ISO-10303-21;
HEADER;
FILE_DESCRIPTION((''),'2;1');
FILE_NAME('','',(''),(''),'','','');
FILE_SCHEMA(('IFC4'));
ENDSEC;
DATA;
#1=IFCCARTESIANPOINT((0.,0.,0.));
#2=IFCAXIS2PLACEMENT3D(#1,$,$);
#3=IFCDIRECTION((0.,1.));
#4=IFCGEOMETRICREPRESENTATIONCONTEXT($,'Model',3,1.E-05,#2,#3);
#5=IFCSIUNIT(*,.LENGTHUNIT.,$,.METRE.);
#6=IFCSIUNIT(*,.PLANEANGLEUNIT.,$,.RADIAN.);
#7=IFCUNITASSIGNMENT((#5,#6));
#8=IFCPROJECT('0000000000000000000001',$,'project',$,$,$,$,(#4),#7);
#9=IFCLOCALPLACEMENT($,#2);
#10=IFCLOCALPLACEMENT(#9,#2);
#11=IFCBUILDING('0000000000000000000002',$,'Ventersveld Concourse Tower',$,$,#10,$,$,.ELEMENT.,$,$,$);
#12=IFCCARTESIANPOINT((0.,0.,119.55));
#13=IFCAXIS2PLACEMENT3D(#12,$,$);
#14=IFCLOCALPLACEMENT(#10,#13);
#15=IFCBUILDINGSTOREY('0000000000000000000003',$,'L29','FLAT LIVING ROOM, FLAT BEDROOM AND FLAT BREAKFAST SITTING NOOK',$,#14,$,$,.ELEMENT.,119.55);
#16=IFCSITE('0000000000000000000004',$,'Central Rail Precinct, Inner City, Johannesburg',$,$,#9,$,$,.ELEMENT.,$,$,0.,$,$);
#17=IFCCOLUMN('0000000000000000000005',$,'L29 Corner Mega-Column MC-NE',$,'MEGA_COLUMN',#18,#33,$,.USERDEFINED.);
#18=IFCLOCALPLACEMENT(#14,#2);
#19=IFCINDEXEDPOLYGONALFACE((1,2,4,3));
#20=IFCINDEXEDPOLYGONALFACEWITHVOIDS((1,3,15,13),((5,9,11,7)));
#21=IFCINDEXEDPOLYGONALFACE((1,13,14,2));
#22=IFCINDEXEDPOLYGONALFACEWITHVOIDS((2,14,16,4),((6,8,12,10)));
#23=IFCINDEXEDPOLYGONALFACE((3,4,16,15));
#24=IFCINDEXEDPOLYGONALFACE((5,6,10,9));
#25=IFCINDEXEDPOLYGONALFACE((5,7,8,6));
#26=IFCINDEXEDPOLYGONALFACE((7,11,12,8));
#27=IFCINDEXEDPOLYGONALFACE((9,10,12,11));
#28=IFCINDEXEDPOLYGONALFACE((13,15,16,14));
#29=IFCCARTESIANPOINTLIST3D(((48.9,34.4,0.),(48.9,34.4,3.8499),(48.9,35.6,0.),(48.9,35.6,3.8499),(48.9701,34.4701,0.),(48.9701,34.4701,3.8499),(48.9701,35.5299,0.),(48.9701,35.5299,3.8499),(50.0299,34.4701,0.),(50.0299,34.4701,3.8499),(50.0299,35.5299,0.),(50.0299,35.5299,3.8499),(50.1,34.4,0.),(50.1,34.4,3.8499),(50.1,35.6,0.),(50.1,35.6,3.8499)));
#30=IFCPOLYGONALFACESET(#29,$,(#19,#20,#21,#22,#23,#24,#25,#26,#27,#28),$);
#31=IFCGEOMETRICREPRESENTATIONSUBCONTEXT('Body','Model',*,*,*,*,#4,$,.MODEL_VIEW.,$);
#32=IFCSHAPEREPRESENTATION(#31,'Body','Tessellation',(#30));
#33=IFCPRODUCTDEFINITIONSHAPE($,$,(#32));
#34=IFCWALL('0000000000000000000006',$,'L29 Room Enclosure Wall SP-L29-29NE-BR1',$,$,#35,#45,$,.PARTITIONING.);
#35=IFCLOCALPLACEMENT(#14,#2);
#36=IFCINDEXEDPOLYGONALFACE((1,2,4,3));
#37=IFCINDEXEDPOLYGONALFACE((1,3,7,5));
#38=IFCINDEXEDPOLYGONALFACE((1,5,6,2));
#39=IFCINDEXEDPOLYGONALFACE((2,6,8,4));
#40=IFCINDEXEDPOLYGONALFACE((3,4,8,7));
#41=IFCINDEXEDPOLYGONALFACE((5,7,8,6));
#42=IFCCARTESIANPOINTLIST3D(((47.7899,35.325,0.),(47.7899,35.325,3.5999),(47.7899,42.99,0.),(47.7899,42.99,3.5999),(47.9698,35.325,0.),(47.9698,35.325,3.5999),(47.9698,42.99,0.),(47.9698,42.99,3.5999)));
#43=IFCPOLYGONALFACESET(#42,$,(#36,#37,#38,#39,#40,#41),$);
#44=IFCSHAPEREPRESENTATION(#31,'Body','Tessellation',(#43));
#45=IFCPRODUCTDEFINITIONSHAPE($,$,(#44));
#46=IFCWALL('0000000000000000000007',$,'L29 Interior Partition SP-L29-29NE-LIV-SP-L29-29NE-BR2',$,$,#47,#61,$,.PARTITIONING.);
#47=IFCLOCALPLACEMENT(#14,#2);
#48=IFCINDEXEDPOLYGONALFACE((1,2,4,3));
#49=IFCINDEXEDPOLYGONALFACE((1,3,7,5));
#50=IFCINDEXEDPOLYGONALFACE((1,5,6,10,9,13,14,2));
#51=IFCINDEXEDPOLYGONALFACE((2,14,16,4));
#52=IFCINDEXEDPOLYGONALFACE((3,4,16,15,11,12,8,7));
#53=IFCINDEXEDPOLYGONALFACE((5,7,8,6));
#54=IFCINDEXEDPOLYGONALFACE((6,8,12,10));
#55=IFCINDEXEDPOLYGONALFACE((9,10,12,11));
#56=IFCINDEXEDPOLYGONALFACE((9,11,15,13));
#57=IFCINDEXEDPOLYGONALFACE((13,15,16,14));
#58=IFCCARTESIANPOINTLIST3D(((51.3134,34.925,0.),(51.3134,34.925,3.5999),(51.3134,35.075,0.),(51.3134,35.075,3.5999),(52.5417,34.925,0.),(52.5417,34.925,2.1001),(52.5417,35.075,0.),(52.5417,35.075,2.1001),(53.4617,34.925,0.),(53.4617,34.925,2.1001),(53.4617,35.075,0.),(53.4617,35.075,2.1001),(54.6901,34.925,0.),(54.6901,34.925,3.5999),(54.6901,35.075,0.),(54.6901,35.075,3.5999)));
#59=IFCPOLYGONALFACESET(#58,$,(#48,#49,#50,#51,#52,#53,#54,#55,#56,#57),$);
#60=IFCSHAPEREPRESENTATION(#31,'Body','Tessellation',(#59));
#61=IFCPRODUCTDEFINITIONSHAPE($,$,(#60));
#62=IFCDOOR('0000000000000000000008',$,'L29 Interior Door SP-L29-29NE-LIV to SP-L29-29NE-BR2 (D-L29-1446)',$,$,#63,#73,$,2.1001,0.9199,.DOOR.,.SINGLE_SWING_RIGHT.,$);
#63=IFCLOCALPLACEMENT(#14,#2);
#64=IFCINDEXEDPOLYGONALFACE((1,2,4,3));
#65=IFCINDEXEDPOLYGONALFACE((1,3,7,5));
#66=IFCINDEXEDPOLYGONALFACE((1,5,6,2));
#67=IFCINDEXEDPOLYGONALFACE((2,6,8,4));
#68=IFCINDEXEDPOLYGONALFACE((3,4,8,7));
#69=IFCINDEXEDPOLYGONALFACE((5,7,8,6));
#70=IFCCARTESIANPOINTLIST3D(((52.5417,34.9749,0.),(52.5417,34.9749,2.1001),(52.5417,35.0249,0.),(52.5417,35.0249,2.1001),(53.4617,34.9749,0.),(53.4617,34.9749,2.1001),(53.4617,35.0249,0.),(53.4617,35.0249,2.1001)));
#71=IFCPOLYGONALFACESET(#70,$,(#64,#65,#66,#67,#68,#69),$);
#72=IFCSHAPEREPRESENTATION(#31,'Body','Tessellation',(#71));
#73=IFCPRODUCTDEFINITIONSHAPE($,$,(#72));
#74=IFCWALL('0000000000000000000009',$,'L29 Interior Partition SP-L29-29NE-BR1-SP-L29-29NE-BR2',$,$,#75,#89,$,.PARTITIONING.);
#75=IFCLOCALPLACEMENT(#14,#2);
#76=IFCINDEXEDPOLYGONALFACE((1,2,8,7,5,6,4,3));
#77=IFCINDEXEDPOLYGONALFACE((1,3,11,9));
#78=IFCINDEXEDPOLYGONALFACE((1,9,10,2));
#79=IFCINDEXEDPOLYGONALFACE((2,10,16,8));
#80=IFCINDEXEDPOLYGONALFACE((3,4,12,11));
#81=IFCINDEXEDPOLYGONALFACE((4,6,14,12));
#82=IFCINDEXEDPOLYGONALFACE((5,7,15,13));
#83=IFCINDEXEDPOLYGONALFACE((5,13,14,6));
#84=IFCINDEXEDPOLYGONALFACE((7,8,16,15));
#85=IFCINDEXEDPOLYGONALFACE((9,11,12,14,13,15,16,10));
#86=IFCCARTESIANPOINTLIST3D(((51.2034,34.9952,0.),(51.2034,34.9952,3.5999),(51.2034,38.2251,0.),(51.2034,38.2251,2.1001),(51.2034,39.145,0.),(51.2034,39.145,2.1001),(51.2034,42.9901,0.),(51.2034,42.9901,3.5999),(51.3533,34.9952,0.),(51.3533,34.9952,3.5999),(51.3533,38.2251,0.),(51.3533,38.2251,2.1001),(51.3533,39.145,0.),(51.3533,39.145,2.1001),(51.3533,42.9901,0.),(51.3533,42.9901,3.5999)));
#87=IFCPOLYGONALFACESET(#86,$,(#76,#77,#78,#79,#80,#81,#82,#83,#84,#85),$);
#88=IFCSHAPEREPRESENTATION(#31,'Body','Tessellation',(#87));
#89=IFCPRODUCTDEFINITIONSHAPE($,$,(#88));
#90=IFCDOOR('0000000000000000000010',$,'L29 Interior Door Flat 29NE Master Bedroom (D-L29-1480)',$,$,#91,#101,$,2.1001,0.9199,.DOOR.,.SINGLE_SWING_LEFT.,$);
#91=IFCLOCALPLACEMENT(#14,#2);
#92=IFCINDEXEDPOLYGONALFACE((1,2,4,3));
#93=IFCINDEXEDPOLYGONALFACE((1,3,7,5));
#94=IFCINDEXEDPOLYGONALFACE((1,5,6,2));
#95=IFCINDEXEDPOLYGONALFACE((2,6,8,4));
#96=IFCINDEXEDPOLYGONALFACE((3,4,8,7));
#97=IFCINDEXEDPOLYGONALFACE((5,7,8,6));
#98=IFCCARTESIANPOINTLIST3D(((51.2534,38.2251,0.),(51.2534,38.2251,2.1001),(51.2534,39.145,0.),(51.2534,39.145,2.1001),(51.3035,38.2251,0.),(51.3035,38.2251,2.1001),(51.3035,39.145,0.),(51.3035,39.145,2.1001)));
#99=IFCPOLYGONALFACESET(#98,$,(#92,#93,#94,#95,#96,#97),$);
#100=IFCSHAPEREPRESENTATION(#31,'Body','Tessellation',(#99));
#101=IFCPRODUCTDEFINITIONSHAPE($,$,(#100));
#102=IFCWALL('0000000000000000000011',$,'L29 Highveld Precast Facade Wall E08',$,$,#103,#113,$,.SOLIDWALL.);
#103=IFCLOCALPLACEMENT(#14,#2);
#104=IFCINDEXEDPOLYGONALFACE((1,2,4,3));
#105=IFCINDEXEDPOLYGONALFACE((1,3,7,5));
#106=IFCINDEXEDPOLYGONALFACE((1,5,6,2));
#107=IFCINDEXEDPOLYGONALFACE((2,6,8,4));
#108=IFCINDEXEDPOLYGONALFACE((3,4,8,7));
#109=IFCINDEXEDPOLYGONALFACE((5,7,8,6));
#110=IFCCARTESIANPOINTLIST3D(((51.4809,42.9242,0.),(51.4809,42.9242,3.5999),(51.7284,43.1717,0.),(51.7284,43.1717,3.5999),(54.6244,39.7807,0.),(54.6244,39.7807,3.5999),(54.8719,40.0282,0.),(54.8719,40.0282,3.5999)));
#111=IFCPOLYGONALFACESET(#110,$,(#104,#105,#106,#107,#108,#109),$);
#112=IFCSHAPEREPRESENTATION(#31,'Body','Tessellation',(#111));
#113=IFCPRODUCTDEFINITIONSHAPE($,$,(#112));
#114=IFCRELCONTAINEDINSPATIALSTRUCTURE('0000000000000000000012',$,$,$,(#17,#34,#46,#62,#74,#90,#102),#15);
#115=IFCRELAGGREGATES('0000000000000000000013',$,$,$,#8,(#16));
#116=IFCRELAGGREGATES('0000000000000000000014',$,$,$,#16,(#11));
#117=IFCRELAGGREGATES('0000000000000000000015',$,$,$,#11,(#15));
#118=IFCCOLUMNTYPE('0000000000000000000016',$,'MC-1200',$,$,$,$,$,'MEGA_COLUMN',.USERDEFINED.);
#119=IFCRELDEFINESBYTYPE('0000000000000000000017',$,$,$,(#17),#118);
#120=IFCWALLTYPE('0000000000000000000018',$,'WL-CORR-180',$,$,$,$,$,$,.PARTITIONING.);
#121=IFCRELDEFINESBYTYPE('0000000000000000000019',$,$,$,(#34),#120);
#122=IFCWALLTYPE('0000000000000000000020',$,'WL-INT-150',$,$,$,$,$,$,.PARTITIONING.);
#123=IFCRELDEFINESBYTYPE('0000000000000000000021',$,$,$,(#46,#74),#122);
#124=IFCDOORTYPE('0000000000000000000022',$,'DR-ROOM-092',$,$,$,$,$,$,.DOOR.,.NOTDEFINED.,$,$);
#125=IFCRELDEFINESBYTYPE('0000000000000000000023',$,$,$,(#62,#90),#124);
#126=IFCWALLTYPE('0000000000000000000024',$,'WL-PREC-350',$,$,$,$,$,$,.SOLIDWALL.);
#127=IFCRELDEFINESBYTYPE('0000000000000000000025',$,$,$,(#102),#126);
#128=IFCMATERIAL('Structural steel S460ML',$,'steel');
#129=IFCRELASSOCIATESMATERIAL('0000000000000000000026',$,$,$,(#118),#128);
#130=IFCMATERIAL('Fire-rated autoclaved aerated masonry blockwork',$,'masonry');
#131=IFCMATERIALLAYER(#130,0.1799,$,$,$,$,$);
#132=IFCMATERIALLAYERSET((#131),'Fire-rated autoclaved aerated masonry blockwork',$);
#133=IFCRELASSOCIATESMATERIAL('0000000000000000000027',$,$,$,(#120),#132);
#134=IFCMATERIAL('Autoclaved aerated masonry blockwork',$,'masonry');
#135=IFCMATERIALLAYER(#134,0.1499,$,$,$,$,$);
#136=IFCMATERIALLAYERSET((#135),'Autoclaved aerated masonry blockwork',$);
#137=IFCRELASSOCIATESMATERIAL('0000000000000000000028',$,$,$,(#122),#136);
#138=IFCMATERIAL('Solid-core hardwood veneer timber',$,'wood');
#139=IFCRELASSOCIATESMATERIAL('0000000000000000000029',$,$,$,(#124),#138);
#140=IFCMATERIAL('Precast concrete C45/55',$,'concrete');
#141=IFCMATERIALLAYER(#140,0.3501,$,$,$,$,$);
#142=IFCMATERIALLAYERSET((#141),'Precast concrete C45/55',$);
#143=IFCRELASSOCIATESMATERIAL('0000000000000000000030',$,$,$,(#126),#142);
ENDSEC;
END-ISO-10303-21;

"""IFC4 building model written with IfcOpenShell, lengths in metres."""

from ifc_helpers import new_model, si_unit, direction, frame, frame_2d, origin, origin_2d, place, context, subcontext, project, spatial, rectangle, hollow_rectangle, extrude, material, layer, layer_set, material_profile, profile_set, type_object, element, fill, save


model = new_model("IFC4")

# Units and contexts
model_context = context("Model", 3, precision=1e-05, world=origin(), true_north=direction((0.0, 1.0)))
body_context = subcontext(model_context, "Body", "Model", "MODEL_VIEW")
ifc_project = project(units=[si_unit("LENGTHUNIT", "METRE"), si_unit("PLANEANGLEUNIT", "RADIAN")], contexts=[model_context])

# Site, building, storey
site_placement = place(None, origin())
site = spatial("IfcSite", under=ifc_project, at=site_placement, Name="Central Rail Precinct, Inner City, Johannesburg", CompositionType="ELEMENT", RefElevation=0.0)
building_placement = place(site_placement, origin())
building = spatial("IfcBuilding", under=site, at=building_placement, Name="Ventersveld Concourse Tower", CompositionType="ELEMENT")
storey_placement = place(building_placement, frame((0.0, 0.0, 119.55)))
storey = spatial("IfcBuildingStorey", under=building, at=storey_placement, Name="L29", Description="FLAT LIVING ROOM, FLAT BEDROOM AND FLAT BREAKFAST SITTING NOOK", CompositionType="ELEMENT", Elevation=119.55)

# Column
ifc_material_1 = material(Name="Structural steel S460ML", Category="steel")
ifc_material_profile = material_profile(ifc_material_1, hollow_rectangle(XDim=1.2, YDim=1.2, WallThickness=0.0701, at=origin_2d()), Name="BOX 1200x1200x70")
ifc_profile_set = profile_set([ifc_material_profile], Name="Structural steel S460ML")
column_type = type_object("IfcColumnType", Name="MC-1200", ElementType="MEGA_COLUMN", PredefinedType="USERDEFINED", material=ifc_profile_set)
column_placement = place(storey_placement, frame((49.5, 35.0, 0.0), z_axis=(0.0, 0.0, 1.0), x_axis=(1.0, 0.0, 0.0)))
element("IfcColumn", 1, at=column_placement, inside=storey, type_object=column_type, Name="L29 Corner Mega-Column MC-NE", ObjectType="MEGA_COLUMN", PredefinedType="USERDEFINED", context=body_context, shape_type="SweptSolid", body=[
    extrude(hollow_rectangle(XDim=1.2, YDim=1.2, WallThickness=0.0701, at=origin_2d()), origin(), (0.0, 0.0, 1.0), 3.8499),
])

# Wall
ifc_material_2 = material(Name="Fire-rated autoclaved aerated masonry blockwork", Category="masonry")
ifc_layer_1 = layer(ifc_material_2, 0.1799)
ifc_layer_set_1 = layer_set([ifc_layer_1], Name="Fire-rated autoclaved aerated masonry blockwork")
wall_type_1 = type_object("IfcWallType", Name="WL-CORR-180", PredefinedType="PARTITIONING", material=ifc_layer_set_1)
wall_1_placement = place(storey_placement, frame((47.8799, 35.325, 0.0), z_axis=(0.0, 0.0, 1.0), x_axis=(0.0, 1.0, 0.0)))
element("IfcWall", 2, at=wall_1_placement, inside=storey, type_object=wall_type_1, Name="L29 Room Enclosure Wall SP-L29-29NE-BR1", PredefinedType="PARTITIONING", context=body_context, shape_type="SweptSolid", body=[
    extrude(rectangle(XDim=7.665, YDim=0.1799, at=frame_2d((3.8325, 0.0))), origin(), (0.0, 0.0, 1.0), 3.5999),
])

# Walls, openings, doors
ifc_material_3 = material(Name="Autoclaved aerated masonry blockwork", Category="masonry")
ifc_layer_2 = layer(ifc_material_3, 0.1499)
ifc_layer_set_2 = layer_set([ifc_layer_2], Name="Autoclaved aerated masonry blockwork")
wall_type_2 = type_object("IfcWallType", Name="WL-INT-150", PredefinedType="PARTITIONING", material=ifc_layer_set_2)
wall_2_placement = place(storey_placement, frame((51.3132, 35.0, 0.0), z_axis=(0.0, 0.0, 1.0), x_axis=(1.0, 0.0, 0.0)))
wall_2 = element("IfcWall", 3, at=wall_2_placement, inside=storey, type_object=wall_type_2, Name="L29 Interior Partition SP-L29-29NE-LIV-SP-L29-29NE-BR2", PredefinedType="PARTITIONING", context=body_context, shape_type="SweptSolid", body=[
    extrude(rectangle(XDim=3.3767, YDim=0.1499, at=frame_2d((1.6885, 0.0))), origin(), (0.0, 0.0, 1.0), 3.5999),
])
opening_1_placement = place(wall_2_placement, frame((1.2285, 0.0, 0.0)))
opening_1 = element("IfcOpeningElement", 4, at=opening_1_placement, cuts=wall_2, PredefinedType="OPENING", context=body_context, shape_type="SweptSolid", body=[
    extrude(rectangle(XDim=0.9199, YDim=2.1001, at=frame_2d((0.46, 1.05))), frame((0.0, 0.085, 0.0), z_axis=(0.0, -1.0, 0.0), x_axis=(1.0, 0.0, 0.0)), (0.0, 0.0, 1.0), 0.1699),
])
ifc_material_4 = material(Name="Solid-core hardwood veneer timber", Category="wood")
door_type = type_object("IfcDoorType", Name="DR-ROOM-092", OperationType="NOTDEFINED", PredefinedType="DOOR", material=ifc_material_4)
door_1_placement = place(opening_1_placement, origin())
door_1 = element("IfcDoor", 5, at=door_1_placement, inside=storey, type_object=door_type, Name="L29 Interior Door SP-L29-29NE-LIV to SP-L29-29NE-BR2 (D-L29-1446)", OperationType="SINGLE_SWING_RIGHT", OverallHeight=2.1001, OverallWidth=0.9199, PredefinedType="DOOR", context=body_context, shape_type="SweptSolid", body=[
    extrude(rectangle(XDim=0.9199, YDim=2.1001, at=frame_2d((0.46, 1.05))), frame((0.0, 0.0249, 0.0), z_axis=(0.0, -1.0, 0.0), x_axis=(1.0, 0.0, 0.0)), (0.0, 0.0, 1.0), 0.05),
])
fill(opening_1, door_1)
wall_3_placement = place(storey_placement, frame((51.2783, 34.9951, 0.0), z_axis=(0.0, 0.0, 1.0), x_axis=(0.0, 1.0, 0.0)))
wall_3 = element("IfcWall", 6, at=wall_3_placement, inside=storey, type_object=wall_type_2, Name="L29 Interior Partition SP-L29-29NE-BR1-SP-L29-29NE-BR2", PredefinedType="PARTITIONING", context=body_context, shape_type="SweptSolid", body=[
    extrude(rectangle(XDim=7.9949, YDim=0.1499, at=frame_2d((3.9976, 0.0))), origin(), (0.0, 0.0, 1.0), 3.5999),
])
opening_2_placement = place(wall_3_placement, frame((3.23, 0.0, 0.0)))
opening_2 = element("IfcOpeningElement", 7, at=opening_2_placement, cuts=wall_3, PredefinedType="OPENING", context=body_context, shape_type="SweptSolid", body=[
    extrude(rectangle(XDim=0.9199, YDim=2.1001, at=frame_2d((0.46, 1.05))), frame((0.0, 0.085, 0.0), z_axis=(0.0, -1.0, 0.0), x_axis=(1.0, 0.0, 0.0)), (0.0, 0.0, 1.0), 0.1699),
])
door_2_placement = place(opening_2_placement, origin())
door_2 = element("IfcDoor", 8, at=door_2_placement, inside=storey, type_object=door_type, Name="L29 Interior Door Flat 29NE Master Bedroom (D-L29-1480)", OperationType="SINGLE_SWING_LEFT", OverallHeight=2.1001, OverallWidth=0.9199, PredefinedType="DOOR", context=body_context, shape_type="SweptSolid", body=[
    extrude(rectangle(XDim=0.9199, YDim=2.1001, at=frame_2d((0.46, 1.05))), frame((0.0, 0.0249, 0.0), z_axis=(0.0, -1.0, 0.0), x_axis=(1.0, 0.0, 0.0)), (0.0, 0.0, 1.0), 0.05),
])
fill(opening_2, door_2)

# Wall
ifc_material_5 = material(Name="Precast concrete C45/55", Category="concrete")
ifc_layer_3 = layer(ifc_material_5, 0.3501)
ifc_layer_set_3 = layer_set([ifc_layer_3], Name="Precast concrete C45/55")
wall_type_3 = type_object("IfcWallType", Name="WL-PREC-350", PredefinedType="SOLIDWALL", material=ifc_layer_set_3)
wall_4_placement = place(storey_placement, frame((54.748, 39.9045, 0.0), z_axis=(0.0, 0.0, 1.0), x_axis=(-0.707107, 0.707107, 0.0)))
element("IfcWall", 9, at=wall_4_placement, inside=storey, type_object=wall_type_3, Name="L29 Highveld Precast Facade Wall E08", PredefinedType="SOLIDWALL", context=body_context, shape_type="SweptSolid", body=[
    extrude(rectangle(XDim=4.4456, YDim=0.3501, at=frame_2d((2.2227, 0.0))), origin(), (0.0, 0.0, 1.0), 3.5999),
])

save(model, "model.ifc")
